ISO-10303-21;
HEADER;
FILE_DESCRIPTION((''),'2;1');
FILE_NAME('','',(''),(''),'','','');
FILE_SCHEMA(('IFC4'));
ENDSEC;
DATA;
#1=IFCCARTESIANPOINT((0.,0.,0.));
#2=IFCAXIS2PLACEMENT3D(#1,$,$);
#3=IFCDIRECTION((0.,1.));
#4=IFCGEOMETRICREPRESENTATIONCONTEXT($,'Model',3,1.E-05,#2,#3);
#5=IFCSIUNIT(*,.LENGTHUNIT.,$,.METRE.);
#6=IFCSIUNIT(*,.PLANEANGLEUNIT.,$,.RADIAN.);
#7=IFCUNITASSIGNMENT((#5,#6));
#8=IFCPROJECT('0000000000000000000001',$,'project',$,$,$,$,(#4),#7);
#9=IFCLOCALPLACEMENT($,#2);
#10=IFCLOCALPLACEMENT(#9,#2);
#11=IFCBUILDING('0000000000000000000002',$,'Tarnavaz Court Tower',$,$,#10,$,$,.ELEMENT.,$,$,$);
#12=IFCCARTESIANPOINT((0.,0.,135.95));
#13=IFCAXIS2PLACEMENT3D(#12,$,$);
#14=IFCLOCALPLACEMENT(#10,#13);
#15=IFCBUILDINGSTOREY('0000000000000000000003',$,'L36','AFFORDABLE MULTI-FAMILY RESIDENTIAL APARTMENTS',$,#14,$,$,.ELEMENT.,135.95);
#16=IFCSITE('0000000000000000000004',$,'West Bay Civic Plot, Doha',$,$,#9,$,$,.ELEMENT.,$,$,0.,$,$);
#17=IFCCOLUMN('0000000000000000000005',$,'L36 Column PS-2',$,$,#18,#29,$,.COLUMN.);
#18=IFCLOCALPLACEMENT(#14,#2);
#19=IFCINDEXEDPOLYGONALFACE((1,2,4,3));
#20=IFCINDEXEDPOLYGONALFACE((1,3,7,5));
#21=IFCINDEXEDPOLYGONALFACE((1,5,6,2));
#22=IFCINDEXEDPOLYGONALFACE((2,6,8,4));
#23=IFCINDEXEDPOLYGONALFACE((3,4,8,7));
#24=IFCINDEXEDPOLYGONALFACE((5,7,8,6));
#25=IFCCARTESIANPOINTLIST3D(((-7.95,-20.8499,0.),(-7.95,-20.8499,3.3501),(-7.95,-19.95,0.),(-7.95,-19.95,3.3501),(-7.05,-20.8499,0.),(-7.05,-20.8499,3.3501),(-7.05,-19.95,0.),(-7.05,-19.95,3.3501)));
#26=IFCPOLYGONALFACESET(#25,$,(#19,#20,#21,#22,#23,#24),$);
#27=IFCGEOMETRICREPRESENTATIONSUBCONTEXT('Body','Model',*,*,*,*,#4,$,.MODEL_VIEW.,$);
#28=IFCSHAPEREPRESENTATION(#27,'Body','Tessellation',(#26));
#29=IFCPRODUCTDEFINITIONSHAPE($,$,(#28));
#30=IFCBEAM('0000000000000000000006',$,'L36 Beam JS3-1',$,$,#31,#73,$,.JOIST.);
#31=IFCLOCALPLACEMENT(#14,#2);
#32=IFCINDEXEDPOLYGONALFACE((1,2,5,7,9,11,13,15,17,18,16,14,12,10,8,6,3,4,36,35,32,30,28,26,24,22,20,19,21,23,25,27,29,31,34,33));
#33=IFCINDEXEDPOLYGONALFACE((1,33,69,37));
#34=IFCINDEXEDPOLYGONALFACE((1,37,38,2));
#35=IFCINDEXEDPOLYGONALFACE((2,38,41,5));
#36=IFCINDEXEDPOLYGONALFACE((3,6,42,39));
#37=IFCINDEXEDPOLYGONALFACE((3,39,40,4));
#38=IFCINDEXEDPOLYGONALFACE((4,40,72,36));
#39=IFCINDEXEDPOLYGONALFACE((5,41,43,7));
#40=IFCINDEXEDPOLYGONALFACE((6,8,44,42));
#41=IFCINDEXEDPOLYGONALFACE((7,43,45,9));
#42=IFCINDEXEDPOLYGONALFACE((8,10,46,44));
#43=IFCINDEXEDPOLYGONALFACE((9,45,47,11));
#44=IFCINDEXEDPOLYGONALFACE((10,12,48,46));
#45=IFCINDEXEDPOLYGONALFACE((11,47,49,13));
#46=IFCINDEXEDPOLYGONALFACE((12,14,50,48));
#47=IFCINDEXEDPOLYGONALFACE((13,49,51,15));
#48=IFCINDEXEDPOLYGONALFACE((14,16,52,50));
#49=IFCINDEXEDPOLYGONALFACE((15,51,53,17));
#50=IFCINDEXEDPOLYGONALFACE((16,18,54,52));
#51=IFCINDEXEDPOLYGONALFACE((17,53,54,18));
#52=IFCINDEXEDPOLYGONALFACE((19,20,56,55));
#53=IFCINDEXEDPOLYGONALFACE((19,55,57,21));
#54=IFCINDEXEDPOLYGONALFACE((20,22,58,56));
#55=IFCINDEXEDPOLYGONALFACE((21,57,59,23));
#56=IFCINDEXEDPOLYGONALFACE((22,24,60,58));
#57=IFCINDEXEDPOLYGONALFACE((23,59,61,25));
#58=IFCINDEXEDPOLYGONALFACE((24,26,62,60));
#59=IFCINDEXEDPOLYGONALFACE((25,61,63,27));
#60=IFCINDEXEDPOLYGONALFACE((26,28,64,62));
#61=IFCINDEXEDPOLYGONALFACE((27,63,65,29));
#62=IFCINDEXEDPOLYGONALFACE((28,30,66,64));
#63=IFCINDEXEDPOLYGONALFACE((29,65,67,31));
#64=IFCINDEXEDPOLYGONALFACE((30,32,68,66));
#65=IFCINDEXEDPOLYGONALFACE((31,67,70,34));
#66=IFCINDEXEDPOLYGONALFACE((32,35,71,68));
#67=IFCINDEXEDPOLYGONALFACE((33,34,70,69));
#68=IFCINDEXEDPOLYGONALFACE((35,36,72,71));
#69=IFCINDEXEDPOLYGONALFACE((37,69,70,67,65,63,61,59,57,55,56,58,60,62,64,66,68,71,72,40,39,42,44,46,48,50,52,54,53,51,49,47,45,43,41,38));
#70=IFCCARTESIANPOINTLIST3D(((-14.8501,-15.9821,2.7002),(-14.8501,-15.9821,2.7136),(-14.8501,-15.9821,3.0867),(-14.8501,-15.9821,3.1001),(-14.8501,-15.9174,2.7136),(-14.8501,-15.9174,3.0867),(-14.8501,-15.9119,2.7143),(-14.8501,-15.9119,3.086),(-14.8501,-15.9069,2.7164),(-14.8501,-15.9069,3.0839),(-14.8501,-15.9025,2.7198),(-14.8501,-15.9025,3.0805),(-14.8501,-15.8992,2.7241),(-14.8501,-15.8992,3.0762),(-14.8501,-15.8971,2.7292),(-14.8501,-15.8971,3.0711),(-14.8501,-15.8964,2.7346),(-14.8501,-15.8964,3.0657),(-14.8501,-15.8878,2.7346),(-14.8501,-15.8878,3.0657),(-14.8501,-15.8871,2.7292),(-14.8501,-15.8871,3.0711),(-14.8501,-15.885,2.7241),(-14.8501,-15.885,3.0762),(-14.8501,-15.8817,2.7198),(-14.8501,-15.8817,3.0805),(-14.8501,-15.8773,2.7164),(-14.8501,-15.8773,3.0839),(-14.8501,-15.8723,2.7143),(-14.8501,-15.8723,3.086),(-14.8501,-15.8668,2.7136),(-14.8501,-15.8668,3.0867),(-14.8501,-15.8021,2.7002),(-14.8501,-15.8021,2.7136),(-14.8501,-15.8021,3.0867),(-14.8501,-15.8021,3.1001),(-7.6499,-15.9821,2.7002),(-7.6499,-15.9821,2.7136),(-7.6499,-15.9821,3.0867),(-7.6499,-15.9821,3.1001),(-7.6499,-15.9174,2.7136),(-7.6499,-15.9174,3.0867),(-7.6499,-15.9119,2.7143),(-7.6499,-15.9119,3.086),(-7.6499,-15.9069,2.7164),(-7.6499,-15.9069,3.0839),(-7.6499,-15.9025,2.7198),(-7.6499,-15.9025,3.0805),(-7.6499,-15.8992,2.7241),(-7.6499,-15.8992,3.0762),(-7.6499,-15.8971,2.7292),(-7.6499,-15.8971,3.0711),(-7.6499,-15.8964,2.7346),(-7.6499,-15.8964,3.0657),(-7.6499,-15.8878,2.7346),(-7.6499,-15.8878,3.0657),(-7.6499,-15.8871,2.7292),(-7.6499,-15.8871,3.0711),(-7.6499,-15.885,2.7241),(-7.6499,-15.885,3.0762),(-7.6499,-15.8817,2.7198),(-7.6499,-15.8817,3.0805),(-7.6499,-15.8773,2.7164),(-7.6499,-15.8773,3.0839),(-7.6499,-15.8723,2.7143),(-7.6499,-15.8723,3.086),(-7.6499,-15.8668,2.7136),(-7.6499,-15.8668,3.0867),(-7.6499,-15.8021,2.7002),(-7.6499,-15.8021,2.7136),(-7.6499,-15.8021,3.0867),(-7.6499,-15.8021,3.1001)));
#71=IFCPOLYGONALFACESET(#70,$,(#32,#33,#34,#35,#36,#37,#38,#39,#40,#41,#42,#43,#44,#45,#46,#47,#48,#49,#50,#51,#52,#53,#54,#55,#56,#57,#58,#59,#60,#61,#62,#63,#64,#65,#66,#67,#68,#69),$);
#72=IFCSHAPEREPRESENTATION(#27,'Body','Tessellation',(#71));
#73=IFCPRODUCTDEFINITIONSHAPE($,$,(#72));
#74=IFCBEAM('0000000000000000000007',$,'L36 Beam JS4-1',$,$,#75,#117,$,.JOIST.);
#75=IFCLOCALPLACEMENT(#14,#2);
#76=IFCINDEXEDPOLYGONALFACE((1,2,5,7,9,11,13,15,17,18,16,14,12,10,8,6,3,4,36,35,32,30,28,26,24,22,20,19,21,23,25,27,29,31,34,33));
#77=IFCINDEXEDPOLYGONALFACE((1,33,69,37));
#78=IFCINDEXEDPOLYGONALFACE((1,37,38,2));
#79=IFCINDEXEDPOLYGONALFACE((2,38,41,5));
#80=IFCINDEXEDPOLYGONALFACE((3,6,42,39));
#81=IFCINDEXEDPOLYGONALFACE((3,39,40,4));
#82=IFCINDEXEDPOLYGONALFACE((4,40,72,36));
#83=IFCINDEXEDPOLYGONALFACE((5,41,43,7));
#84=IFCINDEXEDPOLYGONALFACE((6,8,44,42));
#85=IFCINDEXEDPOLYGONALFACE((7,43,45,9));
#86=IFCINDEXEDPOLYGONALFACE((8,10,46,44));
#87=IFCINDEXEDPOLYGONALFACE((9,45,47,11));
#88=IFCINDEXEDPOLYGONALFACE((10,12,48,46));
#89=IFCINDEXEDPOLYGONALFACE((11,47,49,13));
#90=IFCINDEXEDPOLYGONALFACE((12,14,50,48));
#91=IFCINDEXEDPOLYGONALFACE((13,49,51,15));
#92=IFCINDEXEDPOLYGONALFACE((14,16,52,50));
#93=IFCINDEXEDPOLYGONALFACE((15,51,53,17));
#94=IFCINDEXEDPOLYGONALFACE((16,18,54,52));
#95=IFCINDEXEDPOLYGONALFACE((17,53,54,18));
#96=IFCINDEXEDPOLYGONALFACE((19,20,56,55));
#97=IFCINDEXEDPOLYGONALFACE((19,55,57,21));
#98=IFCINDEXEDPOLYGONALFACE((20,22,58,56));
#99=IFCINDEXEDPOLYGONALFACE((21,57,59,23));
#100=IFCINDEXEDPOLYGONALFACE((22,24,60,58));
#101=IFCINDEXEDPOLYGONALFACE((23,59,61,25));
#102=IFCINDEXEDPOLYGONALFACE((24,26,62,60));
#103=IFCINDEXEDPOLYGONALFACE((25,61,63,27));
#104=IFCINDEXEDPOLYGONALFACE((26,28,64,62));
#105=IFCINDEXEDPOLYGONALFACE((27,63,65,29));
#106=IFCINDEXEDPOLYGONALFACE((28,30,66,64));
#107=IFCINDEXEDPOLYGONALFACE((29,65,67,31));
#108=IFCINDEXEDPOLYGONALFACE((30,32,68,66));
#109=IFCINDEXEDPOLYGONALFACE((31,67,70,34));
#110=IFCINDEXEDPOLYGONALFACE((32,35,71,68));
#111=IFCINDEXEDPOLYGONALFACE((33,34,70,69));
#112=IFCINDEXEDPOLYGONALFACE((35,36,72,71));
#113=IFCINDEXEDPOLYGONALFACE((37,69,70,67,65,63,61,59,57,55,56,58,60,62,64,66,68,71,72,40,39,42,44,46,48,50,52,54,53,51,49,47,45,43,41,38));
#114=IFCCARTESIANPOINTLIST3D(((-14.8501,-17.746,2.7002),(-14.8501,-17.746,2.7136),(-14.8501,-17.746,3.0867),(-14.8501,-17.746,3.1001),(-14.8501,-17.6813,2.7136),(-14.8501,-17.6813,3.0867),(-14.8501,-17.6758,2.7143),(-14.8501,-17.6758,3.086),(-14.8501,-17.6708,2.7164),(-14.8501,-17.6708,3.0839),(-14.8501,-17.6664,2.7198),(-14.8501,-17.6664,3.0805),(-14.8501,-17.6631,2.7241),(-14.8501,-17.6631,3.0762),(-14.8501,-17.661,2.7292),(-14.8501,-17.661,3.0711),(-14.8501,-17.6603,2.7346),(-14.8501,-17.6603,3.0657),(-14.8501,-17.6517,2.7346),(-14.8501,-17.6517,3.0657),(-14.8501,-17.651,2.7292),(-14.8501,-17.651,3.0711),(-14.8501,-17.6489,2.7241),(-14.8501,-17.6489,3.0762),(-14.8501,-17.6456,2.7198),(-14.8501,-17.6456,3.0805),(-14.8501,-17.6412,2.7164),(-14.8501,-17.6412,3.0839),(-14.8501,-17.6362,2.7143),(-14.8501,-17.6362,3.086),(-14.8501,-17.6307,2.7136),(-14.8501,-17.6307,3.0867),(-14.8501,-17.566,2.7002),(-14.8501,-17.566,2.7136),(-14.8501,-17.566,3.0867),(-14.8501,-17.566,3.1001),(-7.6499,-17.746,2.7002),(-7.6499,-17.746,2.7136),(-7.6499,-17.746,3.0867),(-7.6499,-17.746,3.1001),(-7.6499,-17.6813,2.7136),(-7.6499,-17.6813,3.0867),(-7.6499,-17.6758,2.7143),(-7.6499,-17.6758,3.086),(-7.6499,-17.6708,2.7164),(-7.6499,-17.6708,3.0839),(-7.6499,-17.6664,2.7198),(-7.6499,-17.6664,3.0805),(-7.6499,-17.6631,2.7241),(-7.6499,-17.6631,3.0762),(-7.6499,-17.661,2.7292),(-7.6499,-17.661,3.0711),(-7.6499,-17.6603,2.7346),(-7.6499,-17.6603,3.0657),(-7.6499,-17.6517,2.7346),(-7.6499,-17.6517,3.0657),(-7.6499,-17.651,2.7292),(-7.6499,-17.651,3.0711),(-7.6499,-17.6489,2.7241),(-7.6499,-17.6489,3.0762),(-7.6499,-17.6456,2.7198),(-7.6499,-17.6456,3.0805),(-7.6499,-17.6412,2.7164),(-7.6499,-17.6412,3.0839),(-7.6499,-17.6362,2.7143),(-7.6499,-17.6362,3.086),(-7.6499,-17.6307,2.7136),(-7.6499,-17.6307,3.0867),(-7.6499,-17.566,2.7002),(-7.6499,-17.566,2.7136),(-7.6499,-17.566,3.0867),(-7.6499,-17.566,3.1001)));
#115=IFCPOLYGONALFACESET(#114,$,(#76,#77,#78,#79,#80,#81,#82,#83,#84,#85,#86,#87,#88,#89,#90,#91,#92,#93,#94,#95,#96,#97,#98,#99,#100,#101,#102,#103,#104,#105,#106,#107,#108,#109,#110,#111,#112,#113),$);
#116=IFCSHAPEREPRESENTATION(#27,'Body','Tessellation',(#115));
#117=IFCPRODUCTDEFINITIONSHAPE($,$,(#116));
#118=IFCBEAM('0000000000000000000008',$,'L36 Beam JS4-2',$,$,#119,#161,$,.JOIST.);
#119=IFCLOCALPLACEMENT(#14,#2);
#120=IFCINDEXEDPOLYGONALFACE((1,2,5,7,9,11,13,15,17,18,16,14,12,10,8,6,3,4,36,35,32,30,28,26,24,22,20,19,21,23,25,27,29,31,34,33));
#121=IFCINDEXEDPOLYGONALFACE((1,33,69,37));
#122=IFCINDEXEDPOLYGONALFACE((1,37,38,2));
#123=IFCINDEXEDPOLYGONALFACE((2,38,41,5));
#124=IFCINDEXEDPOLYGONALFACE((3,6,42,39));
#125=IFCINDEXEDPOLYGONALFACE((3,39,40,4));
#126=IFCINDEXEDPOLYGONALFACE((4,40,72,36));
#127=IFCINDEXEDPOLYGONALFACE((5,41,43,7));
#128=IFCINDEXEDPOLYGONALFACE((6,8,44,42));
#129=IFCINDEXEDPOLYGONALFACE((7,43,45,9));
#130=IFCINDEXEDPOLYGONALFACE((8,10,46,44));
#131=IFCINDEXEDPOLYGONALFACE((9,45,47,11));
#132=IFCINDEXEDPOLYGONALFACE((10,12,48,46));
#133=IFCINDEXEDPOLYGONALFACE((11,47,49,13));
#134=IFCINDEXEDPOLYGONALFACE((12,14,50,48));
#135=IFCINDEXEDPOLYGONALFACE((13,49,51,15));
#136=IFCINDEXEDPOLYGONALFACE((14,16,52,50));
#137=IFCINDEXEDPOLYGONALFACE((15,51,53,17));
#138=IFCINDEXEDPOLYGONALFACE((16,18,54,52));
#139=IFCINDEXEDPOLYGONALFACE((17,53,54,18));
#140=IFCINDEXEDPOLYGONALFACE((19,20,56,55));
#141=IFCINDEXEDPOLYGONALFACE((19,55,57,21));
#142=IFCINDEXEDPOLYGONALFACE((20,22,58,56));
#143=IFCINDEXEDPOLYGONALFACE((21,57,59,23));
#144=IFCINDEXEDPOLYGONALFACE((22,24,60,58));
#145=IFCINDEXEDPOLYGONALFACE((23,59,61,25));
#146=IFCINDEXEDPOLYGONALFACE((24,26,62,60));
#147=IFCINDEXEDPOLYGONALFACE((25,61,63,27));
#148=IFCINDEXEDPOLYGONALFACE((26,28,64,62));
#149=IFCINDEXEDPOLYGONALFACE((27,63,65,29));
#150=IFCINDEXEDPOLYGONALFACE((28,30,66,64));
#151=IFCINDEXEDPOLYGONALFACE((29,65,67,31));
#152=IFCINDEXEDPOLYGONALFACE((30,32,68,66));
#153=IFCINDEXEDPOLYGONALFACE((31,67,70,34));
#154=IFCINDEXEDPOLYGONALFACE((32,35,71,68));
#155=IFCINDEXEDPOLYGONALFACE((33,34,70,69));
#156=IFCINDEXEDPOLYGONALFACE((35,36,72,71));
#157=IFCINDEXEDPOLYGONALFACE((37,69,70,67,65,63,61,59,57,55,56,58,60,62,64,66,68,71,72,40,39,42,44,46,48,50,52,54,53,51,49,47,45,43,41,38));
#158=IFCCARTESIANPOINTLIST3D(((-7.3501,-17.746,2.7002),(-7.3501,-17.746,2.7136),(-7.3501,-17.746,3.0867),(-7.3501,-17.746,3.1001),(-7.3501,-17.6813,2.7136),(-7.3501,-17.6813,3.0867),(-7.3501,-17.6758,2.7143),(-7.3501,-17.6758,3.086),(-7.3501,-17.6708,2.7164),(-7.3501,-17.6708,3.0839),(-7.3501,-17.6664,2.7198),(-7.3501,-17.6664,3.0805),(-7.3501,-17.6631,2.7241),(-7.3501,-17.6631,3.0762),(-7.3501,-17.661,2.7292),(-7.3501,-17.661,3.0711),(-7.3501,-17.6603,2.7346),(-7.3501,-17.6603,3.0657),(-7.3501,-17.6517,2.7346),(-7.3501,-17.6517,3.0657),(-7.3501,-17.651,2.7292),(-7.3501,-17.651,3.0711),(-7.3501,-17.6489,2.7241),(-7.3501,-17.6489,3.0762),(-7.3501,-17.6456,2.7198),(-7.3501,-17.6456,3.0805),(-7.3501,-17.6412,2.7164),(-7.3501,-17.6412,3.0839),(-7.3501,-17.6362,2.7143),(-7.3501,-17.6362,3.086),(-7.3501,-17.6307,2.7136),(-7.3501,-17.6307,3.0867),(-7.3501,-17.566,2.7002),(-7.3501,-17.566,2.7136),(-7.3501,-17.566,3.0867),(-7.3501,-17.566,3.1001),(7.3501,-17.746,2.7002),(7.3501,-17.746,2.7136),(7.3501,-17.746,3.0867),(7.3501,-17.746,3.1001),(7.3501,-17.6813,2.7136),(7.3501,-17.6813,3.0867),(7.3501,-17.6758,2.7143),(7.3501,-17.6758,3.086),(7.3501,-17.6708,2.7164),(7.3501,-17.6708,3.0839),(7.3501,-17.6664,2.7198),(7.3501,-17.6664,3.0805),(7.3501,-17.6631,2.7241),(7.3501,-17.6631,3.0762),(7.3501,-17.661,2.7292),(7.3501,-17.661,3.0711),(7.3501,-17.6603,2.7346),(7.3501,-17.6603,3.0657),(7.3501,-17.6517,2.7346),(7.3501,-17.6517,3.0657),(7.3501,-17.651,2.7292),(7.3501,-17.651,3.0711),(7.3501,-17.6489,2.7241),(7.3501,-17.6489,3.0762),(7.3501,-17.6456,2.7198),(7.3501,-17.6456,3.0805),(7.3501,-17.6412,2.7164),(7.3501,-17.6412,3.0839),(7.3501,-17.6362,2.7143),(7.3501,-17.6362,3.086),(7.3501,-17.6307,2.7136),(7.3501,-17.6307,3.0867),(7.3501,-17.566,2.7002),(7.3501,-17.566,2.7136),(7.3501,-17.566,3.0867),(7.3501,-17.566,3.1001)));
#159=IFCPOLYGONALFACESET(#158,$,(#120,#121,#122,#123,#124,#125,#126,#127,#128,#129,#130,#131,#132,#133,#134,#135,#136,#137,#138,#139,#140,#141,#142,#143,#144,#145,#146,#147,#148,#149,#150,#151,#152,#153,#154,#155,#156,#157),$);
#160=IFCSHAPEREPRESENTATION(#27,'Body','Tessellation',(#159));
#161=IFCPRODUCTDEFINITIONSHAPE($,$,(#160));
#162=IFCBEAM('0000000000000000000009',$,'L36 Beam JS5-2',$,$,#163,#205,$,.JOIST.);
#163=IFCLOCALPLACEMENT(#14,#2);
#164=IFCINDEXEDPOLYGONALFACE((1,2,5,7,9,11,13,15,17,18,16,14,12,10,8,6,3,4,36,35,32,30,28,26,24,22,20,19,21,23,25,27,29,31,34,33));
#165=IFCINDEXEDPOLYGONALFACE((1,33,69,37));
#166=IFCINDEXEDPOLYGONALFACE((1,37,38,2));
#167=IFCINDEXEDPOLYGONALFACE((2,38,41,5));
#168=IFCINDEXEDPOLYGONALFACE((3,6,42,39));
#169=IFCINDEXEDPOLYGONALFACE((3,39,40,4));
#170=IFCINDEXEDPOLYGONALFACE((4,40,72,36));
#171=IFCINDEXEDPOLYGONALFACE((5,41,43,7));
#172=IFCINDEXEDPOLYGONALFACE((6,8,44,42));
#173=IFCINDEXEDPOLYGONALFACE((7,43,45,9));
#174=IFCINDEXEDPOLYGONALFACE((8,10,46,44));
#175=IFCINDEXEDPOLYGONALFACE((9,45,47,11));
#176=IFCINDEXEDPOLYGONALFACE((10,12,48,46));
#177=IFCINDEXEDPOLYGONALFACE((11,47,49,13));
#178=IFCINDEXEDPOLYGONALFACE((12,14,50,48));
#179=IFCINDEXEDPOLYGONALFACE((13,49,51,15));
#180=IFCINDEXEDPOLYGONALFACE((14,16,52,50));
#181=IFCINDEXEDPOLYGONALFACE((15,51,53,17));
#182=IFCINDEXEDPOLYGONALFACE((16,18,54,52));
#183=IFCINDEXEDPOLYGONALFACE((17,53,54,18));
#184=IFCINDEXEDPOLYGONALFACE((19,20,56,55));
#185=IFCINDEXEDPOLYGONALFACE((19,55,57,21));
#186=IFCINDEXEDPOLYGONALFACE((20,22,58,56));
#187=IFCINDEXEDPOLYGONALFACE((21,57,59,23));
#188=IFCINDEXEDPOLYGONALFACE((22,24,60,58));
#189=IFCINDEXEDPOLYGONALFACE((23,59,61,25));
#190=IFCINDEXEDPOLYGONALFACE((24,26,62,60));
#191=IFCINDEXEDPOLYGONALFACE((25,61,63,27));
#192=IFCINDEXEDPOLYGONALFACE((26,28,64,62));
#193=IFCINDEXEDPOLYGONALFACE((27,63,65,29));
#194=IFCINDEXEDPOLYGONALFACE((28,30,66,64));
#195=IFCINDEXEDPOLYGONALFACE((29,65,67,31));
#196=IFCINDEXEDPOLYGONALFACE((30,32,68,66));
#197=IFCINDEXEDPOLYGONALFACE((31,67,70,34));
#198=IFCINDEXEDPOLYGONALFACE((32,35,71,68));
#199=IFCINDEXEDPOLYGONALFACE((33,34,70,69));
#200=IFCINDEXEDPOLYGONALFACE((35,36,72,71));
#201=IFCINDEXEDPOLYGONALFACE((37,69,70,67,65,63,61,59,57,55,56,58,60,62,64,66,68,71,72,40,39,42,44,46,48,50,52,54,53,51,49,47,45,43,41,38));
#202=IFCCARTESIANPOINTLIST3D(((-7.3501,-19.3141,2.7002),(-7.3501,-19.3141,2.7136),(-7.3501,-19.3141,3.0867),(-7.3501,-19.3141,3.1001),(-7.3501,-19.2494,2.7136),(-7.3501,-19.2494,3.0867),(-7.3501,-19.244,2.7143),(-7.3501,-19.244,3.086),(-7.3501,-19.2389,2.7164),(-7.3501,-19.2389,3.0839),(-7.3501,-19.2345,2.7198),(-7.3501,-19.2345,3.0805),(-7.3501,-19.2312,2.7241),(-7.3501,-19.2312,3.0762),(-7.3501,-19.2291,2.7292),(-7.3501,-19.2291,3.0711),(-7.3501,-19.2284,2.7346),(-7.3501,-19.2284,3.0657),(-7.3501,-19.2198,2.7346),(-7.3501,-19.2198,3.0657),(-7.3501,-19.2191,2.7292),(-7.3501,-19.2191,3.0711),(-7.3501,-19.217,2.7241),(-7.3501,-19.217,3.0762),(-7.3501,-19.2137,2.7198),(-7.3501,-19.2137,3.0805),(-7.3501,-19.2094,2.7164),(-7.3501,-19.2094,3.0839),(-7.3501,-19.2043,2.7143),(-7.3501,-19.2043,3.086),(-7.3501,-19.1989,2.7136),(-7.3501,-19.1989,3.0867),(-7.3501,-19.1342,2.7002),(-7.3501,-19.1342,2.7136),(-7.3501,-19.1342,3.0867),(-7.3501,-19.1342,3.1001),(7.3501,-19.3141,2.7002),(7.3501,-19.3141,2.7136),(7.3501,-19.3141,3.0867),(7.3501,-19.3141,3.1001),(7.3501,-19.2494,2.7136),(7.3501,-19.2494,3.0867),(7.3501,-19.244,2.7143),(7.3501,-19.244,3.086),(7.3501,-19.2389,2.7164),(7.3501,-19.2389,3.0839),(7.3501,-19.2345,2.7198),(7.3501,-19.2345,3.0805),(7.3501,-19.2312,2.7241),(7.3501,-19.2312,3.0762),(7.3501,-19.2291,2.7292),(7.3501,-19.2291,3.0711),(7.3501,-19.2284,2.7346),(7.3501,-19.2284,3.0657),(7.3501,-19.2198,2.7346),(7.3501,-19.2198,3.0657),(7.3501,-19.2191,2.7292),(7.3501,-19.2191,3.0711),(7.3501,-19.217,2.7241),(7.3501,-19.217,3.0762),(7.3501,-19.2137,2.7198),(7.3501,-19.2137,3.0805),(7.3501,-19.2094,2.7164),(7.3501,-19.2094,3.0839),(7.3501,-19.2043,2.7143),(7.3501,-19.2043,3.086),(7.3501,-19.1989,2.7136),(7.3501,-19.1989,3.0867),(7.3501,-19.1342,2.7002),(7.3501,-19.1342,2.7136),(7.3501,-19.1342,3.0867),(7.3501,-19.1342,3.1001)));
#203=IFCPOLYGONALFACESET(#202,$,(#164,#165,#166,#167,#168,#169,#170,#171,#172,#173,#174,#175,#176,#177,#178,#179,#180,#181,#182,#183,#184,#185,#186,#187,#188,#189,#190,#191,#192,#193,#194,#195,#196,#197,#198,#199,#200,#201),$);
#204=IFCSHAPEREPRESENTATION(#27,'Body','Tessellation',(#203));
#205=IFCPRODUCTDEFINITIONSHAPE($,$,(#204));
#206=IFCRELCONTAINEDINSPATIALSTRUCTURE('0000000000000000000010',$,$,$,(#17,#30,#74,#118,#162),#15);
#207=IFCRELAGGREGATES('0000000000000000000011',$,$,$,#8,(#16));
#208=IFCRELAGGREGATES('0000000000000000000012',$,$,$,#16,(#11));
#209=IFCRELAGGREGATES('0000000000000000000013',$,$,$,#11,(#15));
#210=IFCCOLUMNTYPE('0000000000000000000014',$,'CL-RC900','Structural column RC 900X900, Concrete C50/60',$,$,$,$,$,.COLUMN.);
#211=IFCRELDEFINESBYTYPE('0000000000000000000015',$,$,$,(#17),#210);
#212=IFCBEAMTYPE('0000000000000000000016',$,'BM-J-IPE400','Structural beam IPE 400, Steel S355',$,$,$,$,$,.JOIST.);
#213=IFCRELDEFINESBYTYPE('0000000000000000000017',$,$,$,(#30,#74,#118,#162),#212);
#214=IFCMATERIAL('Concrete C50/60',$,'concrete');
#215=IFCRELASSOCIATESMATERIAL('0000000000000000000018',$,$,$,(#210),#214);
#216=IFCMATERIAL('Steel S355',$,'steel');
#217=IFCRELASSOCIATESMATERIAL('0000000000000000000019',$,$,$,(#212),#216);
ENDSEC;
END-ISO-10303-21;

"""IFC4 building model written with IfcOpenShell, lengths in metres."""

from ifc_helpers import new_model, si_unit, direction, frame, origin, origin_2d, place, context, subcontext, project, spatial, rectangle, i_section, extrude, material, material_profile, profile_set, type_object, element, save


model = new_model("IFC4")

# Units and contexts
model_context = context("Model", 3, precision=1e-05, world=origin(), true_north=direction((0.0, 1.0)))
body_context = subcontext(model_context, "Body", "Model", "MODEL_VIEW")
ifc_project = project(units=[si_unit("LENGTHUNIT", "METRE"), si_unit("PLANEANGLEUNIT", "RADIAN")], contexts=[model_context])

# Site, building, storey
site_placement = place(None, origin())
site = spatial("IfcSite", under=ifc_project, at=site_placement, Name="West Bay Civic Plot, Doha", CompositionType="ELEMENT", RefElevation=0.0)
building_placement = place(site_placement, origin())
building = spatial("IfcBuilding", under=site, at=building_placement, Name="Tarnavaz Court Tower", CompositionType="ELEMENT")
storey_placement = place(building_placement, frame((0.0, 0.0, 135.95)))
storey = spatial("IfcBuildingStorey", under=building, at=storey_placement, Name="L36", Description="AFFORDABLE MULTI-FAMILY RESIDENTIAL APARTMENTS", CompositionType="ELEMENT", Elevation=135.95)

# Column
ifc_material_1 = material(Name="Concrete C50/60", Category="concrete")
ifc_material_profile_1 = material_profile(ifc_material_1, rectangle(XDim=0.8999, YDim=0.8999, at=origin_2d()), Name="RC 900X900")
ifc_profile_set_1 = profile_set([ifc_material_profile_1], Name="Concrete C50/60")
column_type = type_object("IfcColumnType", Name="CL-RC900", Description="Structural column RC 900X900, Concrete C50/60", PredefinedType="COLUMN", material=ifc_profile_set_1)
column_placement = place(storey_placement, frame((-7.5, -20.3999, 0.0), z_axis=(0.0, 0.0, 1.0), x_axis=(1.0, 0.0, 0.0)))
element("IfcColumn", 1, at=column_placement, inside=storey, type_object=column_type, Name="L36 Column PS-2", PredefinedType="COLUMN", context=body_context, shape_type="SweptSolid", body=[
    extrude(rectangle(XDim=0.8999, YDim=0.8999, at=origin_2d()), origin(), (0.0, 0.0, 1.0), 3.3501),
])

# Beams
ifc_material_2 = material(Name="Steel S355", Category="steel")
ifc_material_profile_2 = material_profile(ifc_material_2, i_section(OverallWidth=0.1799, OverallDepth=0.3999, WebThickness=0.0085, FlangeThickness=0.0134, FilletRadius=0.021, at=origin_2d()), Name="IPE 400")
ifc_profile_set_2 = profile_set([ifc_material_profile_2], Name="Steel S355")
beam_type_1 = type_object("IfcBeamType", Name="BM-J-IPE400", Description="Structural beam IPE 400, Steel S355", PredefinedType="JOIST", material=ifc_profile_set_2)
for number, where, z_axis, x_axis, name in (
    (2, (-14.8501, -15.8921, 2.9001), (1.0, 0.0, 0.0), (0.0, 1.0, 0.0), "L36 Beam JS3-1"),
    (3, (-14.8501, -17.656, 2.9001), (1.0, 0.0, 0.0), (0.0, 1.0, 0.0), "L36 Beam JS4-1"),
):
    element("IfcBeam", number, at=place(storey_placement, frame(where, z_axis=z_axis, x_axis=x_axis)), inside=storey, type_object=beam_type_1, Name=name, PredefinedType="JOIST", context=body_context, shape_type="SweptSolid", body=[
        extrude(i_section(OverallWidth=0.1799, OverallDepth=0.3999, WebThickness=0.0085, FlangeThickness=0.0134, FilletRadius=0.021, at=origin_2d()), origin(), (0.0, 0.0, 1.0), 7.2002),
    ])
for number, where, z_axis, x_axis, name in (
    (4, (-7.3501, -17.656, 2.9001), (1.0, 0.0, 0.0), (0.0, 1.0, 0.0), "L36 Beam JS4-2"),
    (5, (-7.3501, -19.2241, 2.9001), (1.0, 0.0, 0.0), (0.0, 1.0, 0.0), "L36 Beam JS5-2"),
):
    element("IfcBeam", number, at=place(storey_placement, frame(where, z_axis=z_axis, x_axis=x_axis)), inside=storey, type_object=beam_type_1, Name=name, PredefinedType="JOIST", context=body_context, shape_type="SweptSolid", body=[
        extrude(i_section(OverallWidth=0.1799, OverallDepth=0.3999, WebThickness=0.0085, FlangeThickness=0.0134, FilletRadius=0.021, at=origin_2d()), origin(), (0.0, 0.0, 1.0), 14.7002),
    ])

save(model, "model.ifc")
